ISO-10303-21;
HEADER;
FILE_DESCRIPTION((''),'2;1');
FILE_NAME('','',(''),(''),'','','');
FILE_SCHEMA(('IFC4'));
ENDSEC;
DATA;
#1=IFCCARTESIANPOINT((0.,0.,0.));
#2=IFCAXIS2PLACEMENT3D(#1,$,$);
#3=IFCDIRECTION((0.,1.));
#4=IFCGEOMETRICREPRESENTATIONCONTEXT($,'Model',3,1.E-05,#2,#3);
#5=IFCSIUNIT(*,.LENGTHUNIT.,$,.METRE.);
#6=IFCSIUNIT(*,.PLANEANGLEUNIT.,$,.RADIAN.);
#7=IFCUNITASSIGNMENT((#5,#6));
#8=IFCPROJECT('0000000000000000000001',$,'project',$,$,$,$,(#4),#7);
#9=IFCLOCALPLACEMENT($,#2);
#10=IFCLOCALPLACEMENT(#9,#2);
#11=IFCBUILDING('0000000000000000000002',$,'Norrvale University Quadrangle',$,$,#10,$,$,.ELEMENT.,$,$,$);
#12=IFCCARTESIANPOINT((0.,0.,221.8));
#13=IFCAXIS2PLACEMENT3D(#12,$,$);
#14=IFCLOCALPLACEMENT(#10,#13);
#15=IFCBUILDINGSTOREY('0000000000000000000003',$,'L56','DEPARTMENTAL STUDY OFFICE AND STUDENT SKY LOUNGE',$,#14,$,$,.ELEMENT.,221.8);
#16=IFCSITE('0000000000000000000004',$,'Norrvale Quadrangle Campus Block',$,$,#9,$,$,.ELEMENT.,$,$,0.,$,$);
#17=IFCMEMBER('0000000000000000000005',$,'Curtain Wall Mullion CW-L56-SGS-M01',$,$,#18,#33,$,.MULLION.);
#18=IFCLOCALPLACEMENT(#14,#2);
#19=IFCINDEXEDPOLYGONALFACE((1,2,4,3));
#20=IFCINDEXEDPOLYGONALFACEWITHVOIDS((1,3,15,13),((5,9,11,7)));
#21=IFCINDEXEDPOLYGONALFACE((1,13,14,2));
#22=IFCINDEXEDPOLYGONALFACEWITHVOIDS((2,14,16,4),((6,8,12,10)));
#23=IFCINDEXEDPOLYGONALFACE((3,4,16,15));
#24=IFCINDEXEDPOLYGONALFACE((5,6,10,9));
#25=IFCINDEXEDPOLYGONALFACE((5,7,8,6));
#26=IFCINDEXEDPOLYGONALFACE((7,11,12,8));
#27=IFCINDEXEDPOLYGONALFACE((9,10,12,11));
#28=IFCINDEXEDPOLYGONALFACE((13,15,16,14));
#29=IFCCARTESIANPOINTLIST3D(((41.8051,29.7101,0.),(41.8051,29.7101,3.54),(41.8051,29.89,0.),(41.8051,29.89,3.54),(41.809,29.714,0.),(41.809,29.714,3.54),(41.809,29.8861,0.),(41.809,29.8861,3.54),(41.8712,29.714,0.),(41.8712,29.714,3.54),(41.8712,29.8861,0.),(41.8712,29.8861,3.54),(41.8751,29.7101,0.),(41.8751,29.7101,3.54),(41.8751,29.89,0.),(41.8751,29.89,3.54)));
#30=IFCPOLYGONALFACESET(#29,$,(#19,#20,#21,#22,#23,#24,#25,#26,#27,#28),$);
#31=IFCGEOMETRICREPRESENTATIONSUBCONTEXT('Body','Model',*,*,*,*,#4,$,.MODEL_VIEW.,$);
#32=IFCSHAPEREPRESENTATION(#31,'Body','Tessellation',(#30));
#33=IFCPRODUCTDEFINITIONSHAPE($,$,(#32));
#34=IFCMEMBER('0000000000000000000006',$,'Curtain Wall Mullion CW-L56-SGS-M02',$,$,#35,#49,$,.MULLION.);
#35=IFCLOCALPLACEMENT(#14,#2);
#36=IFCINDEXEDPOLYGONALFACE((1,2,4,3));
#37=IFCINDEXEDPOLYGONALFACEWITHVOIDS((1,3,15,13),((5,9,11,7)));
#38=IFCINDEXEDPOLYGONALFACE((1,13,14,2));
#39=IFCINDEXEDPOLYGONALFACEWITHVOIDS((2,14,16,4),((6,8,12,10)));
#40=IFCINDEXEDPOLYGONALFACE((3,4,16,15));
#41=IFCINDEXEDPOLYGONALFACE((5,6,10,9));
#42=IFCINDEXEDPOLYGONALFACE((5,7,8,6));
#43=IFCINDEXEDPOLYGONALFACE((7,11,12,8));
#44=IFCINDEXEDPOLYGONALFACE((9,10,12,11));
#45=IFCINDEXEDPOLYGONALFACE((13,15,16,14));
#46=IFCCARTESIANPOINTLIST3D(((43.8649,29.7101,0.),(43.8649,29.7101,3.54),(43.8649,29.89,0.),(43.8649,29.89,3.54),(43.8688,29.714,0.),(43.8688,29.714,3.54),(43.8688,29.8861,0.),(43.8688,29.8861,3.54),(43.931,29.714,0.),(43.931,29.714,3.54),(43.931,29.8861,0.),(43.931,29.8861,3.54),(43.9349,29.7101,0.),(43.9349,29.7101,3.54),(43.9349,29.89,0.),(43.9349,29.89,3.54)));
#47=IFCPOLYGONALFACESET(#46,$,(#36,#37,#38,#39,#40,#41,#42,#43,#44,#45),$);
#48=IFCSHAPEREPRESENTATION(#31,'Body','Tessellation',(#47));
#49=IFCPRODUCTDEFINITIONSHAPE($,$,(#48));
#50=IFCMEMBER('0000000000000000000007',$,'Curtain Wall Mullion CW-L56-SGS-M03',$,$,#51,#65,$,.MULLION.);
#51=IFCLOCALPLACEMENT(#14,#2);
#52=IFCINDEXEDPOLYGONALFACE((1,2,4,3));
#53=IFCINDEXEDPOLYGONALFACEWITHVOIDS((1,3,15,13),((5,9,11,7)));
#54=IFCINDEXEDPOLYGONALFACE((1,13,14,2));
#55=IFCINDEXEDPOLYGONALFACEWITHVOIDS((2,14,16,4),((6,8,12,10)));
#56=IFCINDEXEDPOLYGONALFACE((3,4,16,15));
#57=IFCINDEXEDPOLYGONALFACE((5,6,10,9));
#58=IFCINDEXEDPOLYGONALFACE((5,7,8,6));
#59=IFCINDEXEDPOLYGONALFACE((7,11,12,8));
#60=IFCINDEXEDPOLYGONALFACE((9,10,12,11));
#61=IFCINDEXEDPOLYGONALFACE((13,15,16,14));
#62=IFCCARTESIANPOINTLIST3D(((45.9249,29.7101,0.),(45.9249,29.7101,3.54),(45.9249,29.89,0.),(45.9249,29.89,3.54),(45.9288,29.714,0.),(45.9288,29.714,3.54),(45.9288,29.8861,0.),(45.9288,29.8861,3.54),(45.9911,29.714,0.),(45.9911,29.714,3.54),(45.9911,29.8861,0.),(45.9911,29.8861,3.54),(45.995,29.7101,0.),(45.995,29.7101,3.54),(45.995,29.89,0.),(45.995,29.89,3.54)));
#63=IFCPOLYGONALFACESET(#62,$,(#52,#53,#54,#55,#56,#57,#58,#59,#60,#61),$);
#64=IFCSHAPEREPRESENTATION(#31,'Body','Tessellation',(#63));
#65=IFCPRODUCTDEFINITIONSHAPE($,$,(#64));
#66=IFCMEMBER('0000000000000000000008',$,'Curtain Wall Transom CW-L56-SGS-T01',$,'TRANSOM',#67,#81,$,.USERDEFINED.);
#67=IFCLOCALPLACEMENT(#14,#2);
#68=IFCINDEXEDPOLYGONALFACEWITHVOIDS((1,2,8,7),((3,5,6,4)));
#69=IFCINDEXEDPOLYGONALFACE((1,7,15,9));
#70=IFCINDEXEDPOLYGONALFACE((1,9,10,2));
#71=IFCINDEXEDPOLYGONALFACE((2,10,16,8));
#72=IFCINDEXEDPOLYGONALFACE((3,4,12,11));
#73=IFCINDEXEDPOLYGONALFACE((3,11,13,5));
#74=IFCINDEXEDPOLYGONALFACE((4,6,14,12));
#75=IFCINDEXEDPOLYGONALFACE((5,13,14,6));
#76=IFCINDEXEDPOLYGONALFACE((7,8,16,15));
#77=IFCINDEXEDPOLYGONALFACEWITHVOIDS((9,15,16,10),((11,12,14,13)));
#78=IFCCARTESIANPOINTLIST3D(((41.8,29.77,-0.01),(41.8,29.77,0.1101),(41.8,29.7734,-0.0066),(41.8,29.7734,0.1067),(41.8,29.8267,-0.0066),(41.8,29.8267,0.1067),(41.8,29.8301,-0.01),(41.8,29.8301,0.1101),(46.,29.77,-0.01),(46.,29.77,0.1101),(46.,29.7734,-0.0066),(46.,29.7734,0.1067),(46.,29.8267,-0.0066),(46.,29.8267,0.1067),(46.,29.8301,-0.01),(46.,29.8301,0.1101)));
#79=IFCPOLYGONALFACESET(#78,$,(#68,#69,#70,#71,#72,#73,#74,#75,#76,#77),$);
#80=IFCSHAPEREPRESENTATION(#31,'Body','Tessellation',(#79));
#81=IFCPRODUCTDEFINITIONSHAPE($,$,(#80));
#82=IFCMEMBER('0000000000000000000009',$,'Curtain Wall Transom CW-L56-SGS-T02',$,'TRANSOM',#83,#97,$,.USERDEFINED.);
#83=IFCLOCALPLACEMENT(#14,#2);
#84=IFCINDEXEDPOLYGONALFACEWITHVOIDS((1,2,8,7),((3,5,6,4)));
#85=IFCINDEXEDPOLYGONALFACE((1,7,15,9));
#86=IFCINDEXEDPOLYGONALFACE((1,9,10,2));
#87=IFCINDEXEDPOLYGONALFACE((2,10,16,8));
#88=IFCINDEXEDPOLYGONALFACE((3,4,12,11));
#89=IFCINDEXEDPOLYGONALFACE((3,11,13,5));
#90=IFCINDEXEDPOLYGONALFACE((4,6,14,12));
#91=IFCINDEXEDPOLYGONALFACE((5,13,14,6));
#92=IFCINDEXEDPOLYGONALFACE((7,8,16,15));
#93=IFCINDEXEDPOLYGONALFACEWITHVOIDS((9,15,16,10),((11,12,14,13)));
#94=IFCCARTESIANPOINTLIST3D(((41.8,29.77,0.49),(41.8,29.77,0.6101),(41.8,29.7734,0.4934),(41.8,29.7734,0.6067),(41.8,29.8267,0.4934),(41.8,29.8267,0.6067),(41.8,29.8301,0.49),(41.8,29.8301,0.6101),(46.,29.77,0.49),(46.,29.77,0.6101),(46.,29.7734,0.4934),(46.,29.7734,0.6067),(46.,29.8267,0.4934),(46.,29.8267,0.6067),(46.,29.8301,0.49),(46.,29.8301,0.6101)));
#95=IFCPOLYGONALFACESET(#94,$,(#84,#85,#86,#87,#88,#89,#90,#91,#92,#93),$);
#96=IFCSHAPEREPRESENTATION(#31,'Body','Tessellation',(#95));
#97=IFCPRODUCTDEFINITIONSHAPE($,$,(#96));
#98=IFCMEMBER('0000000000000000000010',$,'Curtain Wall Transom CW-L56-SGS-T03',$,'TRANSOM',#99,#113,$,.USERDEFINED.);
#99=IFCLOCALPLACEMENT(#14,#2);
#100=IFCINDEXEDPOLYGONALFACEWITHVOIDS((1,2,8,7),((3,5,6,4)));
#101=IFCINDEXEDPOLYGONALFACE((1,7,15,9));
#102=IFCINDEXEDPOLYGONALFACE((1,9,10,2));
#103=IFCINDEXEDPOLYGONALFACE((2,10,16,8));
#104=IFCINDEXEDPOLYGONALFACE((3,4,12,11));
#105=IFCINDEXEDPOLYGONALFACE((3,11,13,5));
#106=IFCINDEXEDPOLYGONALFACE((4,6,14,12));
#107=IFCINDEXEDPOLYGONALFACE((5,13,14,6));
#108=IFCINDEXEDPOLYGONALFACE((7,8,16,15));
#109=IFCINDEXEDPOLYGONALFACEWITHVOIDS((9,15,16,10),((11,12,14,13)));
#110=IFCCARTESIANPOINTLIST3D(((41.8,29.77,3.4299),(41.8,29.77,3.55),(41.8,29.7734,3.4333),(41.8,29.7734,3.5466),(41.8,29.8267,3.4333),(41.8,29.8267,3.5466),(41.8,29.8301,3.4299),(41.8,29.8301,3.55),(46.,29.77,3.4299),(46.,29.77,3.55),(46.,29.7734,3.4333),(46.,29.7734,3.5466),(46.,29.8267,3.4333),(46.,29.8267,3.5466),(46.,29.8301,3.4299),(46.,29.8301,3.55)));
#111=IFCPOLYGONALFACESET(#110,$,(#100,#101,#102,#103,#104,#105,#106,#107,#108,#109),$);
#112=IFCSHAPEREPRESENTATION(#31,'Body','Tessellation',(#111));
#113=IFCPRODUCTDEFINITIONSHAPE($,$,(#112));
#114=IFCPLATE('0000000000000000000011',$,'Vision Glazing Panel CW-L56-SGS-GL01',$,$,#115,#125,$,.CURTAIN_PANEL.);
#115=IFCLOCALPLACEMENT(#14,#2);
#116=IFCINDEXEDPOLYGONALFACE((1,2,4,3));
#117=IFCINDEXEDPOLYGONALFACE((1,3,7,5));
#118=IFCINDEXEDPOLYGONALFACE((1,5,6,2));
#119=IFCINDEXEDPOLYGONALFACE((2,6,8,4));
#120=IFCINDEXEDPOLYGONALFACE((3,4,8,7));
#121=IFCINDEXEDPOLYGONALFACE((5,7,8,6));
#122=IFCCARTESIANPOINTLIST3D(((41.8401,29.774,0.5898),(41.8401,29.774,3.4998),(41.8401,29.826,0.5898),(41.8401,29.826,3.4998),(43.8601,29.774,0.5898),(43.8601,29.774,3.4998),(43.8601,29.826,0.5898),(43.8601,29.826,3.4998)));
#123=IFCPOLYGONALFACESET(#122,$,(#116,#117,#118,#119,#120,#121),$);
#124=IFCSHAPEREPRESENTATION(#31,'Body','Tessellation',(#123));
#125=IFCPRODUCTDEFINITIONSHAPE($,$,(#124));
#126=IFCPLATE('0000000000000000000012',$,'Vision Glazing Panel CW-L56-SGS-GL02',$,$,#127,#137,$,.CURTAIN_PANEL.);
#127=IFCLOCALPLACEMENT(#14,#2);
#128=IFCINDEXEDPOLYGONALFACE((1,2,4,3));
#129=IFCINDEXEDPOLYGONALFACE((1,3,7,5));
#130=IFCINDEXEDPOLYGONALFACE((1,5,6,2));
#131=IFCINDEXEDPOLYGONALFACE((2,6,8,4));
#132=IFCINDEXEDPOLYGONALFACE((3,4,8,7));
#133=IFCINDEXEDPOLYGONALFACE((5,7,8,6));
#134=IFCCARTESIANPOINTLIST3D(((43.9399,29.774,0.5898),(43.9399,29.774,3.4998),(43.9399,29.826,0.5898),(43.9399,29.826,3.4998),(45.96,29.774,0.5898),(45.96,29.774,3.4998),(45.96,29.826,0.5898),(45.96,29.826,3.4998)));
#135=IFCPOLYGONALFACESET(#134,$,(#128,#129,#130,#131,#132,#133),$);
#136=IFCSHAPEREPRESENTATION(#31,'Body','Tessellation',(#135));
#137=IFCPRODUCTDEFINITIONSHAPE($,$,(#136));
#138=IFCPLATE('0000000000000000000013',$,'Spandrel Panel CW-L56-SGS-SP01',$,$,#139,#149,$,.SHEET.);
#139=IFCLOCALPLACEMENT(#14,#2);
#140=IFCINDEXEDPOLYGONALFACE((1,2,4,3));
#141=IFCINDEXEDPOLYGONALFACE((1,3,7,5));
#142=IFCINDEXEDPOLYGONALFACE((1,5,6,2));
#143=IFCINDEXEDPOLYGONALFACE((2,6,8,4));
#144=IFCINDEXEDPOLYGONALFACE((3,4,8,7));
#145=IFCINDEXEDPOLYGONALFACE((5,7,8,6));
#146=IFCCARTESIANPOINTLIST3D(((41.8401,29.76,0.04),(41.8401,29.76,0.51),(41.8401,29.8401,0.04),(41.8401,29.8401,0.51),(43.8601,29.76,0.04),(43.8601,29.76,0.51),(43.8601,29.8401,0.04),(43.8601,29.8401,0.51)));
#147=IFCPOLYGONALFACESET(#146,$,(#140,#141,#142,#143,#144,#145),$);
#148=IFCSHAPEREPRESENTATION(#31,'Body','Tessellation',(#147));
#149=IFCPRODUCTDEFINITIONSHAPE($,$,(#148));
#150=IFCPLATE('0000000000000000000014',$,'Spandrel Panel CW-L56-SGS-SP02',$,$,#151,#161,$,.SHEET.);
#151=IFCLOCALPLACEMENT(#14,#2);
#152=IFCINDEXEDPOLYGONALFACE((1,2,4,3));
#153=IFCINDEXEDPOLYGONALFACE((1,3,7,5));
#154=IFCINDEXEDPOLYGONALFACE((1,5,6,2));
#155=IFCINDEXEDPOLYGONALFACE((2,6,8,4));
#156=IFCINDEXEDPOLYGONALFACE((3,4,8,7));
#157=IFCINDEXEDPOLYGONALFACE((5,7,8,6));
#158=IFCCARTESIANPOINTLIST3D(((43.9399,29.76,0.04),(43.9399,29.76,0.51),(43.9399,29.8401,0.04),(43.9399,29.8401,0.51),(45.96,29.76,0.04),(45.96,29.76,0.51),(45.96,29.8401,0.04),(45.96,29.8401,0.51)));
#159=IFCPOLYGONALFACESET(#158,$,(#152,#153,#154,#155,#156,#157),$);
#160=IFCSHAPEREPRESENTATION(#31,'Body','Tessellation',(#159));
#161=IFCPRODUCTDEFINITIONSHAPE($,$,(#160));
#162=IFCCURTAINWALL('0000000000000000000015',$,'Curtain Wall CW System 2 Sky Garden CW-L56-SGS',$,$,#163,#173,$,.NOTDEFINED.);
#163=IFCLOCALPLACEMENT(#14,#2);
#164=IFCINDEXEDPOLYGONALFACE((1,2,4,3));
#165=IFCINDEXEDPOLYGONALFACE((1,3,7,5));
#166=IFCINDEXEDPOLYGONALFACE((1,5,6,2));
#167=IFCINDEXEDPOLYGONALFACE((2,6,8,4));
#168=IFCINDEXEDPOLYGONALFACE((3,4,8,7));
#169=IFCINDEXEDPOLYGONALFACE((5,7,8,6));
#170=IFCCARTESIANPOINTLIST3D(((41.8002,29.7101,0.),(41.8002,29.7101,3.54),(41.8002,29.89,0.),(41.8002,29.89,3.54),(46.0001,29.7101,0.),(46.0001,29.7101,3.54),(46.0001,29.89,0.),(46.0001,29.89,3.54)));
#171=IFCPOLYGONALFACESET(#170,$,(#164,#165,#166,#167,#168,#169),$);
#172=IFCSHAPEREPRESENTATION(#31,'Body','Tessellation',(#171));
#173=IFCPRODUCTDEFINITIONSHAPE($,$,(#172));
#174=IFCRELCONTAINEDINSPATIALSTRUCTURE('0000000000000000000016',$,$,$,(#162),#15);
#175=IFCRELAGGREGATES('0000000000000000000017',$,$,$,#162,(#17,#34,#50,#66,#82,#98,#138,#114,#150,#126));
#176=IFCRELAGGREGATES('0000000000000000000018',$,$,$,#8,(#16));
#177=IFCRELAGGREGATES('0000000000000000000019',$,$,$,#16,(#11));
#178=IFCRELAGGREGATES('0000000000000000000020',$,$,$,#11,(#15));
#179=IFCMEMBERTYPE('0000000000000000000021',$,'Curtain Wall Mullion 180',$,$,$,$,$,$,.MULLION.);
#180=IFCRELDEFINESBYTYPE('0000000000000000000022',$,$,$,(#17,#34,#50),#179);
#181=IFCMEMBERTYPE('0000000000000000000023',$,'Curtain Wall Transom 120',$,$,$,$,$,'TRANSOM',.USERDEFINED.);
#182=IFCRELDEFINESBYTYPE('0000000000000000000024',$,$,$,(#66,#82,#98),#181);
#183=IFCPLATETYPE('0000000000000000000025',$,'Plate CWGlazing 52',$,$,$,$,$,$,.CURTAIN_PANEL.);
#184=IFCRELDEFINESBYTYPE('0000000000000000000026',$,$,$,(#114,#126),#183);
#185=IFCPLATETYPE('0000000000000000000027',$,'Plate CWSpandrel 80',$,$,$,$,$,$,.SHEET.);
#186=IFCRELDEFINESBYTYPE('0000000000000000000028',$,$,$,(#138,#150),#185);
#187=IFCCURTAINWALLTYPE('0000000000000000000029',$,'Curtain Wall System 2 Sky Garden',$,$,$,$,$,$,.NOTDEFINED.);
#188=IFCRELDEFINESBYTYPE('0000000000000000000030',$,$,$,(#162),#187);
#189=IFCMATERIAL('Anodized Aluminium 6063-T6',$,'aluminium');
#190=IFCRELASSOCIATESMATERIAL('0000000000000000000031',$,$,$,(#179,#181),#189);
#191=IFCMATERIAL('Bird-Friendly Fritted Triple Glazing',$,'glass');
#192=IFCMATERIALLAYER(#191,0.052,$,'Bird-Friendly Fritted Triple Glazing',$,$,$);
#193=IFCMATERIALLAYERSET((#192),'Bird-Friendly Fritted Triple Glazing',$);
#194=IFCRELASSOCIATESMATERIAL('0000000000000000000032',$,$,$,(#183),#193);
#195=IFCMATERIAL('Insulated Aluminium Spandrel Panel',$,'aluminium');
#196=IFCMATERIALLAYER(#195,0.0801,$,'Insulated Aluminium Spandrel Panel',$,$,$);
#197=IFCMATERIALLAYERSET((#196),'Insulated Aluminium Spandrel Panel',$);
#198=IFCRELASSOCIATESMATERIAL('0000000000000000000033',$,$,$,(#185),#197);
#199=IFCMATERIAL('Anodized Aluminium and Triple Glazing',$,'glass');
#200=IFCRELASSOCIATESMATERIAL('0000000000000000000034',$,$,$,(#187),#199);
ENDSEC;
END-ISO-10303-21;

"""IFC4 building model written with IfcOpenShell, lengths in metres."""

from ifc_helpers import new_model, si_unit, direction, frame, frame_2d, origin, origin_2d, place, context, subcontext, project, spatial, rectangle, hollow_rectangle, extrude, material, layer, layer_set, material_profile, profile_set, type_object, element, aggregate, save


model = new_model("IFC4")

# Units and contexts
model_context = context("Model", 3, precision=1e-05, world=origin(), true_north=direction((0.0, 1.0)))
body_context = subcontext(model_context, "Body", "Model", "MODEL_VIEW")
ifc_project = project(units=[si_unit("LENGTHUNIT", "METRE"), si_unit("PLANEANGLEUNIT", "RADIAN")], contexts=[model_context])

# Site, building, storey
site_placement = place(None, origin())
site = spatial("IfcSite", under=ifc_project, at=site_placement, Name="Norrvale Quadrangle Campus Block", CompositionType="ELEMENT", RefElevation=0.0)
building_placement = place(site_placement, origin())
building = spatial("IfcBuilding", under=site, at=building_placement, Name="Norrvale University Quadrangle", CompositionType="ELEMENT")
storey_placement = place(building_placement, frame((0.0, 0.0, 221.8)))
storey = spatial("IfcBuildingStorey", under=building, at=storey_placement, Name="L56", Description="DEPARTMENTAL STUDY OFFICE AND STUDENT SKY LOUNGE", CompositionType="ELEMENT", Elevation=221.8)

# Members
ifc_material_1 = material(Name="Anodized Aluminium 6063-T6", Category="aluminium")
ifc_material_profile_1 = material_profile(ifc_material_1, hollow_rectangle(XDim=0.0701, YDim=0.1799, WallThickness=0.0039, at=origin_2d()), Name="Anodized Aluminium 6063-T6")
ifc_profile_set_1 = profile_set([ifc_material_profile_1], Name="Anodized Aluminium 6063-T6")
member_type_1 = type_object("IfcMemberType", Name="Curtain Wall Mullion 180", PredefinedType="MULLION", material=ifc_profile_set_1)
member_1_placement = place(storey_placement, frame((41.8401, 29.8, 0.0), z_axis=(0.0, 0.0, 1.0), x_axis=(1.0, 0.0, 0.0)))
member_1 = element("IfcMember", 1, at=member_1_placement, type_object=member_type_1, Name="Curtain Wall Mullion CW-L56-SGS-M01", PredefinedType="MULLION", context=body_context, shape_type="SweptSolid", body=[
    extrude(hollow_rectangle(XDim=0.0701, YDim=0.1799, WallThickness=0.0039, at=origin_2d()), origin(), (0.0, 0.0, 1.0), 3.54),
])
member_2_placement = place(storey_placement, frame((43.8999, 29.8, 0.0), z_axis=(0.0, 0.0, 1.0), x_axis=(1.0, 0.0, 0.0)))
member_2 = element("IfcMember", 2, at=member_2_placement, type_object=member_type_1, Name="Curtain Wall Mullion CW-L56-SGS-M02", PredefinedType="MULLION", context=body_context, shape_type="SweptSolid", body=[
    extrude(hollow_rectangle(XDim=0.0701, YDim=0.1799, WallThickness=0.0039, at=origin_2d()), origin(), (0.0, 0.0, 1.0), 3.54),
])
member_3_placement = place(storey_placement, frame((45.96, 29.8, 0.0), z_axis=(0.0, 0.0, 1.0), x_axis=(1.0, 0.0, 0.0)))
member_3 = element("IfcMember", 3, at=member_3_placement, type_object=member_type_1, Name="Curtain Wall Mullion CW-L56-SGS-M03", PredefinedType="MULLION", context=body_context, shape_type="SweptSolid", body=[
    extrude(hollow_rectangle(XDim=0.0701, YDim=0.1799, WallThickness=0.0039, at=origin_2d()), origin(), (0.0, 0.0, 1.0), 3.54),
])
ifc_material_profile_2 = material_profile(ifc_material_1, hollow_rectangle(XDim=0.0601, YDim=0.1201, WallThickness=0.0034, at=origin_2d()), Name="Anodized Aluminium 6063-T6")
ifc_profile_set_2 = profile_set([ifc_material_profile_2], Name="Anodized Aluminium 6063-T6")
member_type_2 = type_object("IfcMemberType", Name="Curtain Wall Transom 120", ElementType="TRANSOM", PredefinedType="USERDEFINED", material=ifc_profile_set_2)
member_4_placement = place(storey_placement, frame((41.8, 29.8, 0.05), z_axis=(1.0, 0.0, 0.0), x_axis=(0.0, 1.0, 0.0)))
member_4 = element("IfcMember", 4, at=member_4_placement, type_object=member_type_2, Name="Curtain Wall Transom CW-L56-SGS-T01", ObjectType="TRANSOM", PredefinedType="USERDEFINED", context=body_context, shape_type="SweptSolid", body=[
    extrude(hollow_rectangle(XDim=0.0601, YDim=0.1201, WallThickness=0.0034, at=origin_2d()), origin(), (0.0, 0.0, 1.0), 4.2),
])
member_5_placement = place(storey_placement, frame((41.8, 29.8, 0.55), z_axis=(1.0, 0.0, 0.0), x_axis=(0.0, 1.0, 0.0)))
member_5 = element("IfcMember", 5, at=member_5_placement, type_object=member_type_2, Name="Curtain Wall Transom CW-L56-SGS-T02", ObjectType="TRANSOM", PredefinedType="USERDEFINED", context=body_context, shape_type="SweptSolid", body=[
    extrude(hollow_rectangle(XDim=0.0601, YDim=0.1201, WallThickness=0.0034, at=origin_2d()), origin(), (0.0, 0.0, 1.0), 4.2),
])
member_6_placement = place(storey_placement, frame((41.8, 29.8, 3.49), z_axis=(1.0, 0.0, 0.0), x_axis=(0.0, 1.0, 0.0)))
member_6 = element("IfcMember", 6, at=member_6_placement, type_object=member_type_2, Name="Curtain Wall Transom CW-L56-SGS-T03", ObjectType="TRANSOM", PredefinedType="USERDEFINED", context=body_context, shape_type="SweptSolid", body=[
    extrude(hollow_rectangle(XDim=0.0601, YDim=0.1201, WallThickness=0.0034, at=origin_2d()), origin(), (0.0, 0.0, 1.0), 4.2),
])

# Plates
ifc_material_2 = material(Name="Bird-Friendly Fritted Triple Glazing", Category="glass")
ifc_layer_1 = layer(ifc_material_2, 0.052, Name="Bird-Friendly Fritted Triple Glazing")
ifc_layer_set_1 = layer_set([ifc_layer_1], Name="Bird-Friendly Fritted Triple Glazing")
plate_type_1 = type_object("IfcPlateType", Name="Plate CWGlazing 52", PredefinedType="CURTAIN_PANEL", material=ifc_layer_set_1)
plate_1_placement = place(storey_placement, frame((42.8501, 29.8, 0.5898), z_axis=(0.0, 0.0, 1.0), x_axis=(1.0, 0.0, 0.0)))
plate_1 = element("IfcPlate", 7, at=plate_1_placement, type_object=plate_type_1, Name="Vision Glazing Panel CW-L56-SGS-GL01", PredefinedType="CURTAIN_PANEL", context=body_context, shape_type="SweptSolid", body=[
    extrude(rectangle(XDim=2.02, YDim=0.052, at=origin_2d()), origin(), (0.0, 0.0, 1.0), 2.9099),
])
plate_2_placement = place(storey_placement, frame((44.95, 29.8, 0.5898), z_axis=(0.0, 0.0, 1.0), x_axis=(1.0, 0.0, 0.0)))
plate_2 = element("IfcPlate", 8, at=plate_2_placement, type_object=plate_type_1, Name="Vision Glazing Panel CW-L56-SGS-GL02", PredefinedType="CURTAIN_PANEL", context=body_context, shape_type="SweptSolid", body=[
    extrude(rectangle(XDim=2.02, YDim=0.052, at=origin_2d()), origin(), (0.0, 0.0, 1.0), 2.9099),
])
ifc_material_3 = material(Name="Insulated Aluminium Spandrel Panel", Category="aluminium")
ifc_layer_2 = layer(ifc_material_3, 0.0801, Name="Insulated Aluminium Spandrel Panel")
ifc_layer_set_2 = layer_set([ifc_layer_2], Name="Insulated Aluminium Spandrel Panel")
plate_type_2 = type_object("IfcPlateType", Name="Plate CWSpandrel 80", PredefinedType="SHEET", material=ifc_layer_set_2)
plate_3_placement = place(storey_placement, frame((42.8501, 29.8, 0.04), z_axis=(0.0, 0.0, 1.0), x_axis=(1.0, 0.0, 0.0)))
plate_3 = element("IfcPlate", 9, at=plate_3_placement, type_object=plate_type_2, Name="Spandrel Panel CW-L56-SGS-SP01", PredefinedType="SHEET", context=body_context, shape_type="SweptSolid", body=[
    extrude(rectangle(XDim=2.02, YDim=0.0801, at=origin_2d()), origin(), (0.0, 0.0, 1.0), 0.47),
])
plate_4_placement = place(storey_placement, frame((44.95, 29.8, 0.04), z_axis=(0.0, 0.0, 1.0), x_axis=(1.0, 0.0, 0.0)))
plate_4 = element("IfcPlate", 10, at=plate_4_placement, type_object=plate_type_2, Name="Spandrel Panel CW-L56-SGS-SP02", PredefinedType="SHEET", context=body_context, shape_type="SweptSolid", body=[
    extrude(rectangle(XDim=2.02, YDim=0.0801, at=origin_2d()), origin(), (0.0, 0.0, 1.0), 0.47),
])

# Curtain wall
ifc_material_4 = material(Name="Anodized Aluminium and Triple Glazing", Category="glass")
curtain_wall_type = type_object("IfcCurtainWallType", Name="Curtain Wall System 2 Sky Garden", PredefinedType="NOTDEFINED", material=ifc_material_4)
curtain_wall_1_placement = place(storey_placement, frame((41.8, 29.8, 0.0), z_axis=(0.0, 0.0, 1.0), x_axis=(1.0, 0.0, 0.0)))
curtain_wall_1 = element("IfcCurtainWall", 11, at=curtain_wall_1_placement, inside=storey, type_object=curtain_wall_type, Name="Curtain Wall CW System 2 Sky Garden CW-L56-SGS", PredefinedType="NOTDEFINED", context=body_context, shape_type="SweptSolid", body=[
    extrude(rectangle(XDim=4.2, YDim=0.1799, at=frame_2d((2.1001, 0.0))), origin(), (0.0, 0.0, 1.0), 3.54),
])
aggregate(curtain_wall_1, [member_1, member_2, member_3, member_4, member_5, member_6, plate_3, plate_1, plate_4, plate_2])

save(model, "model.ifc")
